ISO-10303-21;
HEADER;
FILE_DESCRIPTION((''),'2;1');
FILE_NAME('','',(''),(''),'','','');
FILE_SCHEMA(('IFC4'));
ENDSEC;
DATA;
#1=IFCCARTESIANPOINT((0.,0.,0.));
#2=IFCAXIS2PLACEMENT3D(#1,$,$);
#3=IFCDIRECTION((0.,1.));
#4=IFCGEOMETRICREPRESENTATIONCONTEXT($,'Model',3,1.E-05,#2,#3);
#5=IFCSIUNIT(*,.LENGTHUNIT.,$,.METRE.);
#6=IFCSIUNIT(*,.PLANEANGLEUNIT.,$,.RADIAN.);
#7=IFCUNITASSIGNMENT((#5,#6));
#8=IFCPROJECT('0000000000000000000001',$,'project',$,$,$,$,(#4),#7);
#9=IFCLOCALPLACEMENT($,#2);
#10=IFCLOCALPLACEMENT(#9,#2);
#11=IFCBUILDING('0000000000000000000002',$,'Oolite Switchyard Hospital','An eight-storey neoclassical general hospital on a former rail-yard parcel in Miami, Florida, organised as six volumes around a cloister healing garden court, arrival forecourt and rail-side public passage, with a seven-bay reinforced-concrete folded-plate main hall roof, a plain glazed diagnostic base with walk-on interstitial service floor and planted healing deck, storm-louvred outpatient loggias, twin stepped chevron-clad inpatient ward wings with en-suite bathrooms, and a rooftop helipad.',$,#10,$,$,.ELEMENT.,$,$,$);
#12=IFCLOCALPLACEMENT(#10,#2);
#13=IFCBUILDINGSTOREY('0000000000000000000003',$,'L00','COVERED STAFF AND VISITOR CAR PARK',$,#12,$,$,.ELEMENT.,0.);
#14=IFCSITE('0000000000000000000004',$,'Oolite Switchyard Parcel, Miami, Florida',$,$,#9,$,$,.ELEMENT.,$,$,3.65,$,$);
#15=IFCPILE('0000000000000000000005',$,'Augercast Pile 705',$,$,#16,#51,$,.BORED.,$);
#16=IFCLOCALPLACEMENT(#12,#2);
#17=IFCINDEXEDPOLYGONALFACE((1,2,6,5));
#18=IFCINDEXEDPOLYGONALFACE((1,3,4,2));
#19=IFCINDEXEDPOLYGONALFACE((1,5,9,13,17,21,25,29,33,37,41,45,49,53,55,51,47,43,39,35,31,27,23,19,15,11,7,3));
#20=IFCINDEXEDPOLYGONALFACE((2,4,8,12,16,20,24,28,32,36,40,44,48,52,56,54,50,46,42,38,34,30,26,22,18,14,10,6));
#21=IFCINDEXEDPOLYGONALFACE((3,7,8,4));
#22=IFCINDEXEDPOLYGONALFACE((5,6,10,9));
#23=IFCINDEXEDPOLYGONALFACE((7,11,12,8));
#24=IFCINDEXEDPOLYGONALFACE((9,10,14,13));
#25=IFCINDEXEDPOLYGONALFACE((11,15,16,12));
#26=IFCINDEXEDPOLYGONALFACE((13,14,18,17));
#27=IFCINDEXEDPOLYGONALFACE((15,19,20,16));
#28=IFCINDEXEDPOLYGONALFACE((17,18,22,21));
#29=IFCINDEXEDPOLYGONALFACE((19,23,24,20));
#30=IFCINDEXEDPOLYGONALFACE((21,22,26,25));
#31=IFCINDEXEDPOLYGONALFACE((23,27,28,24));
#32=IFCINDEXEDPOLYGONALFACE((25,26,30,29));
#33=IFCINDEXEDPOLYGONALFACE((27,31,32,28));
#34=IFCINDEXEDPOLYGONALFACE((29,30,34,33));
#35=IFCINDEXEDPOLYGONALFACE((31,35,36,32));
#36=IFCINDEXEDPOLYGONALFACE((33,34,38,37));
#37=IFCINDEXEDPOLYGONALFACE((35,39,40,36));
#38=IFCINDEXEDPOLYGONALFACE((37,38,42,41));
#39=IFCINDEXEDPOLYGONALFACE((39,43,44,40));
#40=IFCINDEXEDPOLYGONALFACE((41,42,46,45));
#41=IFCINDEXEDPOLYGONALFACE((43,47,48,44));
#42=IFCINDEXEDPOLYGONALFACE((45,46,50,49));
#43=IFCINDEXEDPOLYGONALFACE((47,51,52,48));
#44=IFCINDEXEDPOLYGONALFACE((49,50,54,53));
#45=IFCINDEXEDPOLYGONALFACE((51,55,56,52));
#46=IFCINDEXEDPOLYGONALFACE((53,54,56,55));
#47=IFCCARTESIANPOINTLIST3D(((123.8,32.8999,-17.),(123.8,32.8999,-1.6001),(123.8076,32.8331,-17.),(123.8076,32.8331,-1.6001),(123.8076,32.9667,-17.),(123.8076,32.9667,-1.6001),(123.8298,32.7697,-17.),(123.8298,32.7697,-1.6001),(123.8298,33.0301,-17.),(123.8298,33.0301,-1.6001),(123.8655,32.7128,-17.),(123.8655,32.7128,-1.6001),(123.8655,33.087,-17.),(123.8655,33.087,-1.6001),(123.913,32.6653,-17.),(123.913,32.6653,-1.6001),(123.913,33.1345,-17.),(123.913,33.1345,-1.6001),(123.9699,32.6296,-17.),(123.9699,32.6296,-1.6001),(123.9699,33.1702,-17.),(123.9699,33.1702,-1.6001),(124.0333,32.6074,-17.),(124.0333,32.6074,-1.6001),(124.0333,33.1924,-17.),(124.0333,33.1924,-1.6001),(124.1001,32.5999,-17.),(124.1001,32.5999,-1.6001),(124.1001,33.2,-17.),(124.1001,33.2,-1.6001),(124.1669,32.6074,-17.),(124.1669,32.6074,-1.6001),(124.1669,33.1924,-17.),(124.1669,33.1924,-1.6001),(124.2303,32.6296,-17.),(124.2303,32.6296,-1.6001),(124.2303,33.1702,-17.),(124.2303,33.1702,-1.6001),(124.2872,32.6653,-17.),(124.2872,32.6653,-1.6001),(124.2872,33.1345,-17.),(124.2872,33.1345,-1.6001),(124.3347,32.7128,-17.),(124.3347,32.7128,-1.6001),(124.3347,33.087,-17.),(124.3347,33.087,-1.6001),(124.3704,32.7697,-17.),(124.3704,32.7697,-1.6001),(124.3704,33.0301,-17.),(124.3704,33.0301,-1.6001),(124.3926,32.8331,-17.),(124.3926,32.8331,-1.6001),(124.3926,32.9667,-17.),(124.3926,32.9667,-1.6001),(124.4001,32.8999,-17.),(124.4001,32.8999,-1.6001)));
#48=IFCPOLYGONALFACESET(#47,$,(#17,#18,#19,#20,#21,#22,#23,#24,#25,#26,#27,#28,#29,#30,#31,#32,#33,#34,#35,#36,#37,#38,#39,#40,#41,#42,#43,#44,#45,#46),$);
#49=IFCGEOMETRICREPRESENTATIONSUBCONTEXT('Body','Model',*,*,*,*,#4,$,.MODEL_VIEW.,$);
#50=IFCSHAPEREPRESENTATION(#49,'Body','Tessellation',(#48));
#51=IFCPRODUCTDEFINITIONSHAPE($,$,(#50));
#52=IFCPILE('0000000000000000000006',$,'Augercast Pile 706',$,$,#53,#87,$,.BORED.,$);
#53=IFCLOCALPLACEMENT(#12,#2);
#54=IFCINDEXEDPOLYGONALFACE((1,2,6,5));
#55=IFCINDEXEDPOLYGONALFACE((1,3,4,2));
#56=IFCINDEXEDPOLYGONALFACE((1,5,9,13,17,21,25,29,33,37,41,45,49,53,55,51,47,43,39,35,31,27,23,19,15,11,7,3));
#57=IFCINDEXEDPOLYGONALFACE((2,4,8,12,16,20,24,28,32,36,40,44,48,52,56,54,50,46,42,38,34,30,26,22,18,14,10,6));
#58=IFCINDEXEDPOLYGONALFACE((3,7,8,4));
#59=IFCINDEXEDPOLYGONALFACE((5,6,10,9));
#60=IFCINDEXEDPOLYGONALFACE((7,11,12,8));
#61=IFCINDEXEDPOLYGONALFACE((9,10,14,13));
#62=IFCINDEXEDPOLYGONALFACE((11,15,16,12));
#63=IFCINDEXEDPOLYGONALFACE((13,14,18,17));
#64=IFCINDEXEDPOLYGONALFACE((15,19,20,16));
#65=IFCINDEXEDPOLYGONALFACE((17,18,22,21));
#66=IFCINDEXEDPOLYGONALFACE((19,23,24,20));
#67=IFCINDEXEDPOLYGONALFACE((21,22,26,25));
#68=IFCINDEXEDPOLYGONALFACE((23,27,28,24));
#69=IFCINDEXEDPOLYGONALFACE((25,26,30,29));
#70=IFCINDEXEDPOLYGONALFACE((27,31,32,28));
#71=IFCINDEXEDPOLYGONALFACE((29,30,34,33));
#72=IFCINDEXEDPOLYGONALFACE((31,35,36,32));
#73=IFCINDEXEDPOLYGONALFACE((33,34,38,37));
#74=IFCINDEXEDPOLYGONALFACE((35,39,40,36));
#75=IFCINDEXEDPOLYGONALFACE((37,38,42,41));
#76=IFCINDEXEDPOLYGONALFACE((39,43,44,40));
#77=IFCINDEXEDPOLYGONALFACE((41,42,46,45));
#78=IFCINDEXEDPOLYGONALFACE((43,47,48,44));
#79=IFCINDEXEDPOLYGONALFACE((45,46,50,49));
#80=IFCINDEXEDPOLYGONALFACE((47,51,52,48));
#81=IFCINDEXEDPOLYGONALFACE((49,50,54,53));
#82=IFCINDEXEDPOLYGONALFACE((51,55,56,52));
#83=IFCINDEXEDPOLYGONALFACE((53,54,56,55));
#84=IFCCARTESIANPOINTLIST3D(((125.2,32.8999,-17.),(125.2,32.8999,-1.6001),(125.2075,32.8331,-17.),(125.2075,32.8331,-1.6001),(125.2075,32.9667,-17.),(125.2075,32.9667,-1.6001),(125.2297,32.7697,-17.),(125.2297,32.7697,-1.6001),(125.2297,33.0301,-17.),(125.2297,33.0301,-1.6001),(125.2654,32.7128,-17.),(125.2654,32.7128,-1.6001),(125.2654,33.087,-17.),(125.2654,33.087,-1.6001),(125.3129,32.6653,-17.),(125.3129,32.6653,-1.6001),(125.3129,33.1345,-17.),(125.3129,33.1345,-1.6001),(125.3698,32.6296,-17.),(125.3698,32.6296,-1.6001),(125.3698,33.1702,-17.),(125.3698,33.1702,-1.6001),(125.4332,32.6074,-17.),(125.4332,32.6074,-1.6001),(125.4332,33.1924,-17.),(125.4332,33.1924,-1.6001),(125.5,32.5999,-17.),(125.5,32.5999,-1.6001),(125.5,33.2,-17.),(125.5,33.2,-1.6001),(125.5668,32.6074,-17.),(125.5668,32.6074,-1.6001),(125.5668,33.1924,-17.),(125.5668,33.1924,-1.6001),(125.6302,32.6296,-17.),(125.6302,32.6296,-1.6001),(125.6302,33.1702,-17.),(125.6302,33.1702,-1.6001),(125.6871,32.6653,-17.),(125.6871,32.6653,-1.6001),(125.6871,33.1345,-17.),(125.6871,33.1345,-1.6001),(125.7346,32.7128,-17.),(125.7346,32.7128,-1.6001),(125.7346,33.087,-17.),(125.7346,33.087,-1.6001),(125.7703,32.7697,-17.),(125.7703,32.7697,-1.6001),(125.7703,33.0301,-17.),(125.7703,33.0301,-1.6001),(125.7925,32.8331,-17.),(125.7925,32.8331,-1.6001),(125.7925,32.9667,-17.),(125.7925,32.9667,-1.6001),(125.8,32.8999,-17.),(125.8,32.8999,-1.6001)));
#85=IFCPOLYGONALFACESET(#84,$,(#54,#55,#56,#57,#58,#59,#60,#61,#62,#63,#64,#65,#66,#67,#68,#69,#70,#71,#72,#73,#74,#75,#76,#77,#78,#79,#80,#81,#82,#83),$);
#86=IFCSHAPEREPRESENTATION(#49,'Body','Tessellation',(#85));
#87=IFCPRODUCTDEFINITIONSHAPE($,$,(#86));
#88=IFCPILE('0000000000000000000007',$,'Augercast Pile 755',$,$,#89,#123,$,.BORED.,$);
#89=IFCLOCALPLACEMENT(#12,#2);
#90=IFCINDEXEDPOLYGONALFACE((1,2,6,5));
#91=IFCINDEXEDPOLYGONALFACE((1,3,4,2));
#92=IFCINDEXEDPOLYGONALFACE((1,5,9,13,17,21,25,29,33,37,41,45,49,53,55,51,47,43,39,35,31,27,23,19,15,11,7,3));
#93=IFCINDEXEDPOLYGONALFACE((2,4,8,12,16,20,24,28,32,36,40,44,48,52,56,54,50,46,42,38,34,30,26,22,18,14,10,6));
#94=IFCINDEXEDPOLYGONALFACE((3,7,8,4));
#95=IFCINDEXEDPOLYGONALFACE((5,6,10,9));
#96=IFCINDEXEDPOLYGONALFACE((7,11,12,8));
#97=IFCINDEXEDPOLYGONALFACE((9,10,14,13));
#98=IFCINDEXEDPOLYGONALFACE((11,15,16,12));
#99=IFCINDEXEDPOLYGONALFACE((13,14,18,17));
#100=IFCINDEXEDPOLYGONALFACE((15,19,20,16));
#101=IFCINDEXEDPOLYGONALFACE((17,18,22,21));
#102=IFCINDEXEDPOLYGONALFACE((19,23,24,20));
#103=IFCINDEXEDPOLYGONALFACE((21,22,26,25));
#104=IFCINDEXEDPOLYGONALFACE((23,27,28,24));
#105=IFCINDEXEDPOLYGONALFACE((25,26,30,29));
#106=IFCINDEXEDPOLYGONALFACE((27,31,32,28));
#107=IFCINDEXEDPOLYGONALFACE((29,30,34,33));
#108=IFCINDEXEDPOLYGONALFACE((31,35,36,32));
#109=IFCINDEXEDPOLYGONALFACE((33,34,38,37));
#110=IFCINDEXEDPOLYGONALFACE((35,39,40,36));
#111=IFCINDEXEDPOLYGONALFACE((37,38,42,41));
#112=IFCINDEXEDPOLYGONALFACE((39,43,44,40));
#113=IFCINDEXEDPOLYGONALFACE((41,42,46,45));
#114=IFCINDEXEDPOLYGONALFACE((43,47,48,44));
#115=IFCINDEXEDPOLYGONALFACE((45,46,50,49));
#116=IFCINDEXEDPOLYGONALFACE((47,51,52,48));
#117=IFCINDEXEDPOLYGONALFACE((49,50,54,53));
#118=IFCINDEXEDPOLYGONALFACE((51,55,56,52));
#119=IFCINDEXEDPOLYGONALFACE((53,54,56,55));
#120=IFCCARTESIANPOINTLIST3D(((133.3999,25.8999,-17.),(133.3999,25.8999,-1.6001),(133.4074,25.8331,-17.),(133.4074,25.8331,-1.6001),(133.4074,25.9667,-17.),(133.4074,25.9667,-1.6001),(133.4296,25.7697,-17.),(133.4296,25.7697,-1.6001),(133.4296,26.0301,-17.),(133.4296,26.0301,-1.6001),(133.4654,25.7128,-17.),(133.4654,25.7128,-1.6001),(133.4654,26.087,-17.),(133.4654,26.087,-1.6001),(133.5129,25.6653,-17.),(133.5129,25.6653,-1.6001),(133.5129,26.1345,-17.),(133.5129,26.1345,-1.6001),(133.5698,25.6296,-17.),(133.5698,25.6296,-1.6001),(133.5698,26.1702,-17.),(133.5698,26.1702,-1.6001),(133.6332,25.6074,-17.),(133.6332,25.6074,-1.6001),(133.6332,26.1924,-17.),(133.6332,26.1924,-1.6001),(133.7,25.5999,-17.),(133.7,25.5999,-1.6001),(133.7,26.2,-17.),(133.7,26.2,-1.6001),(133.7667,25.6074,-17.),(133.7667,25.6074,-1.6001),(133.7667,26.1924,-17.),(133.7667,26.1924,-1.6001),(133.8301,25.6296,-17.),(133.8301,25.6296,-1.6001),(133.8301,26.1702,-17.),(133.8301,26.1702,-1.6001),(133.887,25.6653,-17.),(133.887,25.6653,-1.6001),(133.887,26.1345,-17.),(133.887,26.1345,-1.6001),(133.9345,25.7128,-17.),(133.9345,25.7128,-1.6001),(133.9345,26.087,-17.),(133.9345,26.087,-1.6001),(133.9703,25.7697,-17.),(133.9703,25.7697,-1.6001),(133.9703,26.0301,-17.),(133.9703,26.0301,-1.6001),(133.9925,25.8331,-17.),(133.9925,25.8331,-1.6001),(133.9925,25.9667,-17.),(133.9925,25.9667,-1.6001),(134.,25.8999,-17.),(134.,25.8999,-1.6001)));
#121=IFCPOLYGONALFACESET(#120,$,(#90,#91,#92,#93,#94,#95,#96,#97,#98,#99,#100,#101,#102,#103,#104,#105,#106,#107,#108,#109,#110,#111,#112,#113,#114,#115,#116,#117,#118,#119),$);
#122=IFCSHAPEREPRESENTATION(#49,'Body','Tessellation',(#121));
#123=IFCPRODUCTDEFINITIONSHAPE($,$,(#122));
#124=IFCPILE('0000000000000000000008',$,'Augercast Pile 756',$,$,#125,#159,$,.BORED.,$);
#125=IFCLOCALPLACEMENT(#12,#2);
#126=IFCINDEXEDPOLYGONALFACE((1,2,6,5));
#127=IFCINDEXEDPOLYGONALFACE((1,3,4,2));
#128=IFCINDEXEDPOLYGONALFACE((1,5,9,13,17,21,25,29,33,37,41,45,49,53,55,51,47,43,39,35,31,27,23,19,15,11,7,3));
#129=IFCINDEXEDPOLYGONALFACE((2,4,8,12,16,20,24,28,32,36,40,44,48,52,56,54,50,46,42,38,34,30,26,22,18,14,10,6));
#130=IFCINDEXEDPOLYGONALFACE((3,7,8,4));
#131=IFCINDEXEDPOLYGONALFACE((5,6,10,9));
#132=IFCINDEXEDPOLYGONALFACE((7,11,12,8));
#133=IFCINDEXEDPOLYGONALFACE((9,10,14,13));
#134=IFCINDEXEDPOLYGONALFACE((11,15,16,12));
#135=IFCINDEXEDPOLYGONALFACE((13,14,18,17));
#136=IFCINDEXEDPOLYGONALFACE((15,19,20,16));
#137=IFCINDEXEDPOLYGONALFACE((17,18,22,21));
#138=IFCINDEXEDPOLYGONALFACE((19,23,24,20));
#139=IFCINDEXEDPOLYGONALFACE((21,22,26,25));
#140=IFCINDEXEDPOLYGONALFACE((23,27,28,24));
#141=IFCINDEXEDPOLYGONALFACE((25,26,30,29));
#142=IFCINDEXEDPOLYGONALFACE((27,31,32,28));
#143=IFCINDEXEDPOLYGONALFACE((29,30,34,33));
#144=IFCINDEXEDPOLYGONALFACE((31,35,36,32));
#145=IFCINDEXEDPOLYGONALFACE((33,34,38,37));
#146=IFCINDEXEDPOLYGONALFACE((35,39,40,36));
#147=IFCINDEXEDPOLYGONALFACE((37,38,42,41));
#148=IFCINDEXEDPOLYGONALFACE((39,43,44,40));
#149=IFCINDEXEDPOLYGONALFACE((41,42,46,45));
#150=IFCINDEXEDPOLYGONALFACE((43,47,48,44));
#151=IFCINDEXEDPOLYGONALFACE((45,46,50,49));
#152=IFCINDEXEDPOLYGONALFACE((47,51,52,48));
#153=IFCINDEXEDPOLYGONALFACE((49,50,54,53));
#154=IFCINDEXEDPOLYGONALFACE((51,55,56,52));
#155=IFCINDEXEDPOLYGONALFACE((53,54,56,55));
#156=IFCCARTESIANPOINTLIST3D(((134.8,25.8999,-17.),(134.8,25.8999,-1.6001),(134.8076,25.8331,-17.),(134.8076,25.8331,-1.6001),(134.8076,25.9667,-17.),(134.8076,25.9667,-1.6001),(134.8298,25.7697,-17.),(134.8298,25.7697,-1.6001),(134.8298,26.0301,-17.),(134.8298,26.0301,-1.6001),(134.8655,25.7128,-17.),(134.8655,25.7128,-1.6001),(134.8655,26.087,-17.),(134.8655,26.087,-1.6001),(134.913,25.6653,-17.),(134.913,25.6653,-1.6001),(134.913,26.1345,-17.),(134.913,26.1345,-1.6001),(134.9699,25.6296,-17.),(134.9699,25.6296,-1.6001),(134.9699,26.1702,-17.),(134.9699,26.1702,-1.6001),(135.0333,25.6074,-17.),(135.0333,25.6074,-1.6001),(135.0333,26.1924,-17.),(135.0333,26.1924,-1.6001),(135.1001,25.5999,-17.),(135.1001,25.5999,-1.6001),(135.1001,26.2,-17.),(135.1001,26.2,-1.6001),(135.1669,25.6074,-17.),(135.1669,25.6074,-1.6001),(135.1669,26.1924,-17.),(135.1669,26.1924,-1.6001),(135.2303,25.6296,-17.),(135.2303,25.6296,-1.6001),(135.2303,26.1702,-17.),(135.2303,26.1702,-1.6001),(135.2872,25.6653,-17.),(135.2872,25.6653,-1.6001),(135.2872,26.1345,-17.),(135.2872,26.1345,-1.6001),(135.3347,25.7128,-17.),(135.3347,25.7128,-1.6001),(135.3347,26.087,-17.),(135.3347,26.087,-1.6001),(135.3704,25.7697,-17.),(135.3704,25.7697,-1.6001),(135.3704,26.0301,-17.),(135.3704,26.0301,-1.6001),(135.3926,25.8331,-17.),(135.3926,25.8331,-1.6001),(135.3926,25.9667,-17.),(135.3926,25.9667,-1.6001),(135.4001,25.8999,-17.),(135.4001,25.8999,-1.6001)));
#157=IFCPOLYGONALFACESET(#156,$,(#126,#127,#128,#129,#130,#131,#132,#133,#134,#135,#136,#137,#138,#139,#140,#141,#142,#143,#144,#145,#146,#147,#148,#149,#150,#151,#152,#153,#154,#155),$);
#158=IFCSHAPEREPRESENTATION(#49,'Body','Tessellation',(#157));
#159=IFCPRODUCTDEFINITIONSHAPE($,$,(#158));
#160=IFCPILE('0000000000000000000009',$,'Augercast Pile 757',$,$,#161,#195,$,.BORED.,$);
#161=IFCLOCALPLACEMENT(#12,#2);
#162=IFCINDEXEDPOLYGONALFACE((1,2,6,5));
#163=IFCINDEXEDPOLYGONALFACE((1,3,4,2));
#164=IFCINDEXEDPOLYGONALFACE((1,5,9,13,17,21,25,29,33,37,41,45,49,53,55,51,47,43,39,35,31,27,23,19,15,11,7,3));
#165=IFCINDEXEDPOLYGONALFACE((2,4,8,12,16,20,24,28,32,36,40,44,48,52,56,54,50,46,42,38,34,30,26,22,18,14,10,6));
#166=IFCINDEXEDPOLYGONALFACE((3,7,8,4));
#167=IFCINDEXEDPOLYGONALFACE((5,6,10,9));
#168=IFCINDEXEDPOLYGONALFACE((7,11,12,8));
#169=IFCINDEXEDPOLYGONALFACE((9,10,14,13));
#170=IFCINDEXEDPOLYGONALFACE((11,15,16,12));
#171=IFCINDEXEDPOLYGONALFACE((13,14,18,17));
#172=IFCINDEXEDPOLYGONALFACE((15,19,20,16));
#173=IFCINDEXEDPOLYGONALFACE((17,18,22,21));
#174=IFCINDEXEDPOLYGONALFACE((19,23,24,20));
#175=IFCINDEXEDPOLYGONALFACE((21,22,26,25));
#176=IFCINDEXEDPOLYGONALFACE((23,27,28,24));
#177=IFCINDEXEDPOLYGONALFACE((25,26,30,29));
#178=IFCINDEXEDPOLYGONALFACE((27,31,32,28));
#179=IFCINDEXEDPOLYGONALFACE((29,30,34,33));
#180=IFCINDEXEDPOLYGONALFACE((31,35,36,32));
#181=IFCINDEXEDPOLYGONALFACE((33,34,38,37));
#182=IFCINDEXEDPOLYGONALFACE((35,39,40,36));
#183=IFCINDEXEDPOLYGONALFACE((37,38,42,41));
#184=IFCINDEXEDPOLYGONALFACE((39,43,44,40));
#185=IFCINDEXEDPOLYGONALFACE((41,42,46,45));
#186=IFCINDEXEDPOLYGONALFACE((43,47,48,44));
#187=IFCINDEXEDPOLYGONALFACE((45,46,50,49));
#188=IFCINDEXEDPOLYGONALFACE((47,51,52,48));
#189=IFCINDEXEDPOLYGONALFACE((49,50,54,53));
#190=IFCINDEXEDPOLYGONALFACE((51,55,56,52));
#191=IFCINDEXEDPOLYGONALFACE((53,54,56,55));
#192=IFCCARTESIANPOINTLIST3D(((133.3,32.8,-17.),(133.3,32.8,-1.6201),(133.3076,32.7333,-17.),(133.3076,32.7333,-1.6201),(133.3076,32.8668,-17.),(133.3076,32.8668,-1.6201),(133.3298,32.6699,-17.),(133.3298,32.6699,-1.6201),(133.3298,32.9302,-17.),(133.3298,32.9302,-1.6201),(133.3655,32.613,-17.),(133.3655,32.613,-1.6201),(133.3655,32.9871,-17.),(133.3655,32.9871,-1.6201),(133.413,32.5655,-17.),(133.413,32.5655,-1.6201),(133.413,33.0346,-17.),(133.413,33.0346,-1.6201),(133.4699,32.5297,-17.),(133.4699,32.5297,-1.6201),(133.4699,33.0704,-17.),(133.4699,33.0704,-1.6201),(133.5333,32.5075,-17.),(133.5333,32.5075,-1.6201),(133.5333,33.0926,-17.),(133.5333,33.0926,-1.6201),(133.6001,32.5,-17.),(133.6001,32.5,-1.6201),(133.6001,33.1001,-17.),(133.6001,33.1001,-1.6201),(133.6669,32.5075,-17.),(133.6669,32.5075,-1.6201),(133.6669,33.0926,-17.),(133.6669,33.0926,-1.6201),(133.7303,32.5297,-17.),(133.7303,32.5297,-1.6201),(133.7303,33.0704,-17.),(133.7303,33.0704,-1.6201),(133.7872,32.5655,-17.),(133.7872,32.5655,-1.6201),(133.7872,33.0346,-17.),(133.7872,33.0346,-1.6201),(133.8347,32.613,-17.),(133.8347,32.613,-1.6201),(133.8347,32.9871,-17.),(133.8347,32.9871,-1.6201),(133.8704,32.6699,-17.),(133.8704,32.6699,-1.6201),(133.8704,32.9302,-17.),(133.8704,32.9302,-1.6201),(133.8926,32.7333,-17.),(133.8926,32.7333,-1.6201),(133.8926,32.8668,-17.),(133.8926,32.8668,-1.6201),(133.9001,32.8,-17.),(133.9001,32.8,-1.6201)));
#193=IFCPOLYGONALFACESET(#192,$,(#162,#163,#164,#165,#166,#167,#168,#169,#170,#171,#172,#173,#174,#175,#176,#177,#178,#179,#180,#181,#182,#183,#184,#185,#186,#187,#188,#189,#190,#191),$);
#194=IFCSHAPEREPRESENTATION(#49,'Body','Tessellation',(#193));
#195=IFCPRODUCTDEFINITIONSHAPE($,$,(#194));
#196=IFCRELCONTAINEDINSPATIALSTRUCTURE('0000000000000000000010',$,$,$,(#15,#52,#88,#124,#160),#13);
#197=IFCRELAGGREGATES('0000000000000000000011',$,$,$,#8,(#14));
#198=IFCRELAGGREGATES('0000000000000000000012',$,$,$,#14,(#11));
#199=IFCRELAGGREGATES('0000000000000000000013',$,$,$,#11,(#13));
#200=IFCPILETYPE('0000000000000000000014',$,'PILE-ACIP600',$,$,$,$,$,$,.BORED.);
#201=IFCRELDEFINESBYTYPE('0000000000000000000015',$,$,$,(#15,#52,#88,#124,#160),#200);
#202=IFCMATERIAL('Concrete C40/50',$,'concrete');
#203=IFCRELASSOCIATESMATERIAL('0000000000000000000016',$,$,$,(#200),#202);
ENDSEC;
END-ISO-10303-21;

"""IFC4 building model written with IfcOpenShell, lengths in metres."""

from ifc_helpers import new_model, si_unit, direction, frame, origin, origin_2d, place, context, subcontext, project, spatial, circle, extrude, material, material_profile, profile_set, type_object, element, save


model = new_model("IFC4")

# Units and contexts
model_context = context("Model", 3, precision=1e-05, world=origin(), true_north=direction((0.0, 1.0)))
body_context = subcontext(model_context, "Body", "Model", "MODEL_VIEW")
ifc_project = project(units=[si_unit("LENGTHUNIT", "METRE"), si_unit("PLANEANGLEUNIT", "RADIAN")], contexts=[model_context])

# Site, building, storey
site_placement = place(None, origin())
site = spatial("IfcSite", under=ifc_project, at=site_placement, Name="Oolite Switchyard Parcel, Miami, Florida", CompositionType="ELEMENT", RefElevation=3.65)
building_placement = place(site_placement, origin())
building = spatial("IfcBuilding", under=site, at=building_placement, Name="Oolite Switchyard Hospital", Description="An eight-storey neoclassical general hospital on a former rail-yard parcel in Miami, Florida, organised as six volumes around a cloister healing garden court, arrival forecourt and rail-side public passage, with a seven-bay reinforced-concrete folded-plate main hall roof, a plain glazed diagnostic base with walk-on interstitial service floor and planted healing deck, storm-louvred outpatient loggias, twin stepped chevron-clad inpatient ward wings with en-suite bathrooms, and a rooftop helipad.", CompositionType="ELEMENT")
storey_placement = place(building_placement, origin())
storey = spatial("IfcBuildingStorey", under=building, at=storey_placement, Name="L00", Description="COVERED STAFF AND VISITOR CAR PARK", CompositionType="ELEMENT", Elevation=0.0)

# Shared definitions
ifc_material_1 = material(Name="Concrete C40/50", Category="concrete")

# Piles
ifc_material_profile_1 = material_profile(ifc_material_1, circle(Radius=0.3, at=origin_2d()), Name="PILE600")
ifc_profile_set_1 = profile_set([ifc_material_profile_1], Name="Concrete C40/50")
pile_type = type_object("IfcPileType", Name="PILE-ACIP600", PredefinedType="BORED", material=ifc_profile_set_1)
for number, where, z_axis, x_axis, name in (
    (1, (124.1001, 32.8999, -1.6001), (0.0, 0.0, -1.0), (1.0, 0.0, 0.0), "Augercast Pile 705"),
    (2, (125.5, 32.8999, -1.6001), (0.0, 0.0, -1.0), (1.0, 0.0, 0.0), "Augercast Pile 706"),
    (3, (133.7, 25.8999, -1.6001), (0.0, 0.0, -1.0), (1.0, 0.0, 0.0), "Augercast Pile 755"),
    (4, (135.1001, 25.8999, -1.6001), (0.0, 0.0, -1.0), (1.0, 0.0, 0.0), "Augercast Pile 756"),
):
    element("IfcPile", number, at=place(storey_placement, frame(where, z_axis=z_axis, x_axis=x_axis)), inside=storey, type_object=pile_type, Name=name, PredefinedType="BORED", context=body_context, shape_type="SweptSolid", body=[
        extrude(circle(Radius=0.3, at=origin_2d()), origin(), (0.0, 0.0, 1.0), 15.3999),
    ])
for number, where, z_axis, x_axis, name in (
    (5, (133.6001, 32.8, -1.6201), (0.0, 0.0, -1.0), (1.0, 0.0, 0.0), "Augercast Pile 757"),
):
    element("IfcPile", number, at=place(storey_placement, frame(where, z_axis=z_axis, x_axis=x_axis)), inside=storey, type_object=pile_type, Name=name, PredefinedType="BORED", context=body_context, shape_type="SweptSolid", body=[
        extrude(circle(Radius=0.3, at=origin_2d()), origin(), (0.0, 0.0, 1.0), 15.3799),
    ])

save(model, "model.ifc")
